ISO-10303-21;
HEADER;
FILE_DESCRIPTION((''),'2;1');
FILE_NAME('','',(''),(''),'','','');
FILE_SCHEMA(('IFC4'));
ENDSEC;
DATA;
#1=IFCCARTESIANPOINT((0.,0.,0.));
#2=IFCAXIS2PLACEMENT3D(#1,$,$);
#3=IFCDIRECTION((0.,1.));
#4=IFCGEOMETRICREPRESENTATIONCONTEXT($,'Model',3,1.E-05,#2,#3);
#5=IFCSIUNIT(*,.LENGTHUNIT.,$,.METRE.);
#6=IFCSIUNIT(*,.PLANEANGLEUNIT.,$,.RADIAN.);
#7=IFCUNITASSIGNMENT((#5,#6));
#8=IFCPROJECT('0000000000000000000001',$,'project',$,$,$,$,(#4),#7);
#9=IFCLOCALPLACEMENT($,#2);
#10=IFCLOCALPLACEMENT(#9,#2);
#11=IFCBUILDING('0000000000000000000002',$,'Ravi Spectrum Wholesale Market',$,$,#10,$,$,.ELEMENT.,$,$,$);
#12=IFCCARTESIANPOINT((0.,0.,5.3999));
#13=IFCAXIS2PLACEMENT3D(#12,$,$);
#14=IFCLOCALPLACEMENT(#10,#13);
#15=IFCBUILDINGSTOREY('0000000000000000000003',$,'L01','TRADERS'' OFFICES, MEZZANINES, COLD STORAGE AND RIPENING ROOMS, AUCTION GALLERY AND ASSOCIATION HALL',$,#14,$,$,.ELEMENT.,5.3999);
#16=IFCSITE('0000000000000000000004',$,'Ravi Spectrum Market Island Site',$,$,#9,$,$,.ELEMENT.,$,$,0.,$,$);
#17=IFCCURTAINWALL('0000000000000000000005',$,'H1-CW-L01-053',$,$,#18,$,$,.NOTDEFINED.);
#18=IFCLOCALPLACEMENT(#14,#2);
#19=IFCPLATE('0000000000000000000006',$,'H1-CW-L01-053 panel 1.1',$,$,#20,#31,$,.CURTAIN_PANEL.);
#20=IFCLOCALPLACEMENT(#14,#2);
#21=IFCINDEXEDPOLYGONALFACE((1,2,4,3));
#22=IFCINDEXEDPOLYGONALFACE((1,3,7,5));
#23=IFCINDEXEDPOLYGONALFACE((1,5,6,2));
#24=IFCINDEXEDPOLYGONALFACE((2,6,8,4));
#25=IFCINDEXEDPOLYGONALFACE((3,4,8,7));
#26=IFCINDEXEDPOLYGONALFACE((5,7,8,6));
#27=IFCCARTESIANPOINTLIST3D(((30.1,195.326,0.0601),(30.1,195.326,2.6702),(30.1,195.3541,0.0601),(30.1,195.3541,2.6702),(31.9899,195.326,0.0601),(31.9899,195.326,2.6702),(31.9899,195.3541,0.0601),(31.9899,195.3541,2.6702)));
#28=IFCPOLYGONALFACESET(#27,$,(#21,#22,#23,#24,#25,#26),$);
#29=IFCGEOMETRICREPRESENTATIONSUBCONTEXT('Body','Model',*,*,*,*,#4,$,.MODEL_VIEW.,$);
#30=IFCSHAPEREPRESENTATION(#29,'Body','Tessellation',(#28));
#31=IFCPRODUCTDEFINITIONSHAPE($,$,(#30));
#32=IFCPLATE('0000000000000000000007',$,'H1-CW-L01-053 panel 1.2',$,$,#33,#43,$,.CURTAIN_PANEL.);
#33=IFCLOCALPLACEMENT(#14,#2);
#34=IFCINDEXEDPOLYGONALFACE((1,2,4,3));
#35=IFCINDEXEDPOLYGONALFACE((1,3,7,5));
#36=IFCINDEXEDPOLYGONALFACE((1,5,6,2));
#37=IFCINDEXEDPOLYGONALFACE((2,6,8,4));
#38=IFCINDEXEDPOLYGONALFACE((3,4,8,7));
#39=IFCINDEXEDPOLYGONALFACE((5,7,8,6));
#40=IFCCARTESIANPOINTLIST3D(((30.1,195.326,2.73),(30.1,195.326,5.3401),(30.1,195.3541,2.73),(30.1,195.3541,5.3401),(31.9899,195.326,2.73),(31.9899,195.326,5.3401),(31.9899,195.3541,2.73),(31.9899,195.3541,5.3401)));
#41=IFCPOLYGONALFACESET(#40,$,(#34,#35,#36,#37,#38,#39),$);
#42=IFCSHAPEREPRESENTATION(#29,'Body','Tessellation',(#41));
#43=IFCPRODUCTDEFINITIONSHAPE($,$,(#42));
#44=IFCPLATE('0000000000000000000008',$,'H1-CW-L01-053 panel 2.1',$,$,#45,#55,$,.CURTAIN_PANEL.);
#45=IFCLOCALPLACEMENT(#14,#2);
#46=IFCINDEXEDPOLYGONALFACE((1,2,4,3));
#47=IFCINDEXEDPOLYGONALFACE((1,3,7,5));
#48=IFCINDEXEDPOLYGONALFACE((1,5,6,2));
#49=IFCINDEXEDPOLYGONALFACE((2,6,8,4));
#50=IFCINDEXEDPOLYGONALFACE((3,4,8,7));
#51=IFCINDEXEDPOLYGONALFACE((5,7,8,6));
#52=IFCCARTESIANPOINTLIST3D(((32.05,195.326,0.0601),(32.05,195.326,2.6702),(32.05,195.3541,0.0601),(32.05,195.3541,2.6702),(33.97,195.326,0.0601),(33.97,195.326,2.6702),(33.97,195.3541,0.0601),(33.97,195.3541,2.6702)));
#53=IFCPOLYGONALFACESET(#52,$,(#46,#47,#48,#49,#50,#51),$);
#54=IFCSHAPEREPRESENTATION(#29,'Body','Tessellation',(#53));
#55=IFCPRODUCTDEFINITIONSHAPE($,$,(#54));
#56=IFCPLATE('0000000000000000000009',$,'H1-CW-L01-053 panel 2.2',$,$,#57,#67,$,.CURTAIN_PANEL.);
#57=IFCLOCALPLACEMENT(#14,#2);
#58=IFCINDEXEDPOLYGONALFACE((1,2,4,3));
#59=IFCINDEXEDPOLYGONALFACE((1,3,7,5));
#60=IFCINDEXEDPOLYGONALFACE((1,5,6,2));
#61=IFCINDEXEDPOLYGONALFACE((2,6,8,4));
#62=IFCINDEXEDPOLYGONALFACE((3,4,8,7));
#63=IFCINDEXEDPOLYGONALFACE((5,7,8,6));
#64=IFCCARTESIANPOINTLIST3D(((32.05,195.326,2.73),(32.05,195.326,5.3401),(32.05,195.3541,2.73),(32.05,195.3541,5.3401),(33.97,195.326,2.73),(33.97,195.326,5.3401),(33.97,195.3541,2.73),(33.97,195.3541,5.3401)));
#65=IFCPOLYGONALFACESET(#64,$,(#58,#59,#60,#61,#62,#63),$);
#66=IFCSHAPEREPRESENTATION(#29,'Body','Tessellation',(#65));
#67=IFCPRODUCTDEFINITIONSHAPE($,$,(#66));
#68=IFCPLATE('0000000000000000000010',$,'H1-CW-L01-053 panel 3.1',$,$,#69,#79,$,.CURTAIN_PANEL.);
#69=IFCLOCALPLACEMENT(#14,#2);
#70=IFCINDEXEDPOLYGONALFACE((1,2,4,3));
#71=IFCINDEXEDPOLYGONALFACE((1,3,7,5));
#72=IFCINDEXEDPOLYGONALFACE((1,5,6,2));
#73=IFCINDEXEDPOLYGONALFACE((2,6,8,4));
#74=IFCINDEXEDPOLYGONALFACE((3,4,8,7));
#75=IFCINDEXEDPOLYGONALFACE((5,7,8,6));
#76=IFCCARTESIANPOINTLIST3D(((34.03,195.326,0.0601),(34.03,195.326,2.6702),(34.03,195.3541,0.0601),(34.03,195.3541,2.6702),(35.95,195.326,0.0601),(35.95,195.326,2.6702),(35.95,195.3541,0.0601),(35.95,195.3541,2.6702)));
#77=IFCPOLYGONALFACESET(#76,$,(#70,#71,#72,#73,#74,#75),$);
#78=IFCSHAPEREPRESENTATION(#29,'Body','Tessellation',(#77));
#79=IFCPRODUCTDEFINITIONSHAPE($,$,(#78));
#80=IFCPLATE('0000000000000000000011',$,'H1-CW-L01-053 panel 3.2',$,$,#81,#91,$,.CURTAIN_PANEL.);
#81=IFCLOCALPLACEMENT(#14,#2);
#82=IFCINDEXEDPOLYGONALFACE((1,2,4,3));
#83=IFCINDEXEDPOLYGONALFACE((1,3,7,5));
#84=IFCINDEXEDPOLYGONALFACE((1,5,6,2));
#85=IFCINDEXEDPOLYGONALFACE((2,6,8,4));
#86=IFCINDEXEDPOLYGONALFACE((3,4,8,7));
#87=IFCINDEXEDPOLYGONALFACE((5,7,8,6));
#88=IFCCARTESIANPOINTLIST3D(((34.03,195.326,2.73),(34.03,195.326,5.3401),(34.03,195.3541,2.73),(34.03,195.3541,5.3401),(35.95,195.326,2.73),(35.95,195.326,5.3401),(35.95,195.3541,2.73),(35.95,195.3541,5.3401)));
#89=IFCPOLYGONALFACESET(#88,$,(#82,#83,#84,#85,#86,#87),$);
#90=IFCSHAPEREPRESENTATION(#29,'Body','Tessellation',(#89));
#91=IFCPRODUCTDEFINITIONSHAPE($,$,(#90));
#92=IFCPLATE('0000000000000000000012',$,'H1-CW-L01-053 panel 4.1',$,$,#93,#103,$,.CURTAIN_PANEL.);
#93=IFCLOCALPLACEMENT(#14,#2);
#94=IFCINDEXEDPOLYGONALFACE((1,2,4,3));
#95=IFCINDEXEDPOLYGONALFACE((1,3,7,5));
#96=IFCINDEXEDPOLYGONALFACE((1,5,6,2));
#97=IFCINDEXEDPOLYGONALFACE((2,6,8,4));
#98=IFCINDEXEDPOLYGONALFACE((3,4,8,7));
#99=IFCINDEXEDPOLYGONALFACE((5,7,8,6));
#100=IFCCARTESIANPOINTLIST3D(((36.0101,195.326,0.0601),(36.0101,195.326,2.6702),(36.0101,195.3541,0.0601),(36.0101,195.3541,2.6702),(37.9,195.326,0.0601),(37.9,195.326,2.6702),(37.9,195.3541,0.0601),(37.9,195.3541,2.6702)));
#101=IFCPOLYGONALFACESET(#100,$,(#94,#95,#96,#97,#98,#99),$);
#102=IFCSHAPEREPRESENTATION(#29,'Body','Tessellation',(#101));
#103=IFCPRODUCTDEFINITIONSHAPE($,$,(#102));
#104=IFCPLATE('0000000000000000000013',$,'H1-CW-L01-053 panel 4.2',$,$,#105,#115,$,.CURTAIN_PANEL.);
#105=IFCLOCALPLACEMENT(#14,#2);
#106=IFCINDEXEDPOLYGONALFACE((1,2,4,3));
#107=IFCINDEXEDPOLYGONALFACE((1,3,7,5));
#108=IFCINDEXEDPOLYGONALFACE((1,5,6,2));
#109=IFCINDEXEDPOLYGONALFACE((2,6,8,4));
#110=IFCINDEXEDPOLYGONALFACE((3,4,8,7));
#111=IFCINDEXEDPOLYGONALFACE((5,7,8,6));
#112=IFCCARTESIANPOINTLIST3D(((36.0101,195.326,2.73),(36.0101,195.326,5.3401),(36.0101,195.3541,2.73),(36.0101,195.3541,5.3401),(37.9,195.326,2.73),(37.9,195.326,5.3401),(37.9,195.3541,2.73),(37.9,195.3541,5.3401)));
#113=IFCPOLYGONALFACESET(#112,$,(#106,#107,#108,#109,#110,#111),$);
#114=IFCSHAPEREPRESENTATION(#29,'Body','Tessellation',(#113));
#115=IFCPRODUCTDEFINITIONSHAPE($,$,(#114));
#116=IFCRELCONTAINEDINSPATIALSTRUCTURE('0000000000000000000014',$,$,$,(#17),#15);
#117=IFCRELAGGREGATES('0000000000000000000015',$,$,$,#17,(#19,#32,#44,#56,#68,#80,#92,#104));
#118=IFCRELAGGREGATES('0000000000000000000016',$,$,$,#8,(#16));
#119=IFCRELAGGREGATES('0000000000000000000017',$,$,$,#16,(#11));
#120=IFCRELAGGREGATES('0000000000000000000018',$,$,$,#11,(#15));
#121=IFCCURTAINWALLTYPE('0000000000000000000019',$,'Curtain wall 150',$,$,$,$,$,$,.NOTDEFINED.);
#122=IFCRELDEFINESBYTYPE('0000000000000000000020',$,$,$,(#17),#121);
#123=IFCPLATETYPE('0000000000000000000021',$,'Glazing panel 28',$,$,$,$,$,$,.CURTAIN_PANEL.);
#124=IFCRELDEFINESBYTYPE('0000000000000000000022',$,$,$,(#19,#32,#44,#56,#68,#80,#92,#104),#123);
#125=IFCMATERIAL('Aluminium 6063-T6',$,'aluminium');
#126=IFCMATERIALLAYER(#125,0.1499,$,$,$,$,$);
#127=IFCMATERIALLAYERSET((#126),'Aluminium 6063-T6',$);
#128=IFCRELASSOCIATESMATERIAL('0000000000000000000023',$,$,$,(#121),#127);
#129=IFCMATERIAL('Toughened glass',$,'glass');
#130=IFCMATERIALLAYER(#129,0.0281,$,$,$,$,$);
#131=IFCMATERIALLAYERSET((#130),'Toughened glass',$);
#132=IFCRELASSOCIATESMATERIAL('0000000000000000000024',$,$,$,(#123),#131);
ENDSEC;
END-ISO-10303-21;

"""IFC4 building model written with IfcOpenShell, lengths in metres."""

from ifc_helpers import new_model, si_unit, direction, frame, origin, origin_2d, place, context, subcontext, project, spatial, rectangle, extrude, material, layer, layer_set, type_object, element, aggregate, save


model = new_model("IFC4")

# Units and contexts
model_context = context("Model", 3, precision=1e-05, world=origin(), true_north=direction((0.0, 1.0)))
body_context = subcontext(model_context, "Body", "Model", "MODEL_VIEW")
ifc_project = project(units=[si_unit("LENGTHUNIT", "METRE"), si_unit("PLANEANGLEUNIT", "RADIAN")], contexts=[model_context])

# Site, building, storey
site_placement = place(None, origin())
site = spatial("IfcSite", under=ifc_project, at=site_placement, Name="Ravi Spectrum Market Island Site", CompositionType="ELEMENT", RefElevation=0.0)
building_placement = place(site_placement, origin())
building = spatial("IfcBuilding", under=site, at=building_placement, Name="Ravi Spectrum Wholesale Market", CompositionType="ELEMENT")
storey_placement = place(building_placement, frame((0.0, 0.0, 5.3999)))
storey = spatial("IfcBuildingStorey", under=building, at=storey_placement, Name="L01", Description="TRADERS' OFFICES, MEZZANINES, COLD STORAGE AND RIPENING ROOMS, AUCTION GALLERY AND ASSOCIATION HALL", CompositionType="ELEMENT", Elevation=5.3999)

# Curtain wall, plates
ifc_material_1 = material(Name="Aluminium 6063-T6", Category="aluminium")
ifc_layer_1 = layer(ifc_material_1, 0.1499)
ifc_layer_set_1 = layer_set([ifc_layer_1], Name="Aluminium 6063-T6")
curtain_wall_type = type_object("IfcCurtainWallType", Name="Curtain wall 150", PredefinedType="NOTDEFINED", material=ifc_layer_set_1)
curtain_wall_placement = place(storey_placement, origin())
curtain_wall = element("IfcCurtainWall", 1, at=curtain_wall_placement, inside=storey, type_object=curtain_wall_type, Name="H1-CW-L01-053", PredefinedType="NOTDEFINED")
ifc_material_2 = material(Name="Toughened glass", Category="glass")
ifc_layer_2 = layer(ifc_material_2, 0.0281)
ifc_layer_set_2 = layer_set([ifc_layer_2], Name="Toughened glass")
plate_type = type_object("IfcPlateType", Name="Glazing panel 28", PredefinedType="CURTAIN_PANEL", material=ifc_layer_set_2)
plate_1_placement = place(storey_placement, frame((31.0449, 195.3401, 0.0601), z_axis=(0.0, 0.0, 1.0), x_axis=(1.0, 0.0, 0.0)))
plate_1 = element("IfcPlate", 2, at=plate_1_placement, type_object=plate_type, Name="H1-CW-L01-053 panel 1.1", PredefinedType="CURTAIN_PANEL", context=body_context, shape_type="SweptSolid", body=[
    extrude(rectangle(XDim=1.8899, YDim=0.0281, at=origin_2d()), origin(), (0.0, 0.0, 1.0), 2.6101),
])
plate_2_placement = place(storey_placement, frame((31.0449, 195.3401, 2.73), z_axis=(0.0, 0.0, 1.0), x_axis=(1.0, 0.0, 0.0)))
plate_2 = element("IfcPlate", 3, at=plate_2_placement, type_object=plate_type, Name="H1-CW-L01-053 panel 1.2", PredefinedType="CURTAIN_PANEL", context=body_context, shape_type="SweptSolid", body=[
    extrude(rectangle(XDim=1.8899, YDim=0.0281, at=origin_2d()), origin(), (0.0, 0.0, 1.0), 2.6101),
])
plate_3_placement = place(storey_placement, frame((33.01, 195.3401, 0.0601), z_axis=(0.0, 0.0, 1.0), x_axis=(1.0, 0.0, 0.0)))
plate_3 = element("IfcPlate", 4, at=plate_3_placement, type_object=plate_type, Name="H1-CW-L01-053 panel 2.1", PredefinedType="CURTAIN_PANEL", context=body_context, shape_type="SweptSolid", body=[
    extrude(rectangle(XDim=1.9199, YDim=0.0281, at=origin_2d()), origin(), (0.0, 0.0, 1.0), 2.6101),
])
plate_4_placement = place(storey_placement, frame((33.01, 195.3401, 2.73), z_axis=(0.0, 0.0, 1.0), x_axis=(1.0, 0.0, 0.0)))
plate_4 = element("IfcPlate", 5, at=plate_4_placement, type_object=plate_type, Name="H1-CW-L01-053 panel 2.2", PredefinedType="CURTAIN_PANEL", context=body_context, shape_type="SweptSolid", body=[
    extrude(rectangle(XDim=1.9199, YDim=0.0281, at=origin_2d()), origin(), (0.0, 0.0, 1.0), 2.6101),
])
plate_5_placement = place(storey_placement, frame((34.99, 195.3401, 0.0601), z_axis=(0.0, 0.0, 1.0), x_axis=(1.0, 0.0, 0.0)))
plate_5 = element("IfcPlate", 6, at=plate_5_placement, type_object=plate_type, Name="H1-CW-L01-053 panel 3.1", PredefinedType="CURTAIN_PANEL", context=body_context, shape_type="SweptSolid", body=[
    extrude(rectangle(XDim=1.9199, YDim=0.0281, at=origin_2d()), origin(), (0.0, 0.0, 1.0), 2.6101),
])
plate_6_placement = place(storey_placement, frame((34.99, 195.3401, 2.73), z_axis=(0.0, 0.0, 1.0), x_axis=(1.0, 0.0, 0.0)))
plate_6 = element("IfcPlate", 7, at=plate_6_placement, type_object=plate_type, Name="H1-CW-L01-053 panel 3.2", PredefinedType="CURTAIN_PANEL", context=body_context, shape_type="SweptSolid", body=[
    extrude(rectangle(XDim=1.9199, YDim=0.0281, at=origin_2d()), origin(), (0.0, 0.0, 1.0), 2.6101),
])
plate_7_placement = place(storey_placement, frame((36.9551, 195.3401, 0.0601), z_axis=(0.0, 0.0, 1.0), x_axis=(1.0, 0.0, 0.0)))
plate_7 = element("IfcPlate", 8, at=plate_7_placement, type_object=plate_type, Name="H1-CW-L01-053 panel 4.1", PredefinedType="CURTAIN_PANEL", context=body_context, shape_type="SweptSolid", body=[
    extrude(rectangle(XDim=1.8899, YDim=0.0281, at=origin_2d()), origin(), (0.0, 0.0, 1.0), 2.6101),
])
plate_8_placement = place(storey_placement, frame((36.9551, 195.3401, 2.73), z_axis=(0.0, 0.0, 1.0), x_axis=(1.0, 0.0, 0.0)))
plate_8 = element("IfcPlate", 9, at=plate_8_placement, type_object=plate_type, Name="H1-CW-L01-053 panel 4.2", PredefinedType="CURTAIN_PANEL", context=body_context, shape_type="SweptSolid", body=[
    extrude(rectangle(XDim=1.8899, YDim=0.0281, at=origin_2d()), origin(), (0.0, 0.0, 1.0), 2.6101),
])
aggregate(curtain_wall, [plate_1, plate_2, plate_3, plate_4, plate_5, plate_6, plate_7, plate_8])

save(model, "model.ifc")
